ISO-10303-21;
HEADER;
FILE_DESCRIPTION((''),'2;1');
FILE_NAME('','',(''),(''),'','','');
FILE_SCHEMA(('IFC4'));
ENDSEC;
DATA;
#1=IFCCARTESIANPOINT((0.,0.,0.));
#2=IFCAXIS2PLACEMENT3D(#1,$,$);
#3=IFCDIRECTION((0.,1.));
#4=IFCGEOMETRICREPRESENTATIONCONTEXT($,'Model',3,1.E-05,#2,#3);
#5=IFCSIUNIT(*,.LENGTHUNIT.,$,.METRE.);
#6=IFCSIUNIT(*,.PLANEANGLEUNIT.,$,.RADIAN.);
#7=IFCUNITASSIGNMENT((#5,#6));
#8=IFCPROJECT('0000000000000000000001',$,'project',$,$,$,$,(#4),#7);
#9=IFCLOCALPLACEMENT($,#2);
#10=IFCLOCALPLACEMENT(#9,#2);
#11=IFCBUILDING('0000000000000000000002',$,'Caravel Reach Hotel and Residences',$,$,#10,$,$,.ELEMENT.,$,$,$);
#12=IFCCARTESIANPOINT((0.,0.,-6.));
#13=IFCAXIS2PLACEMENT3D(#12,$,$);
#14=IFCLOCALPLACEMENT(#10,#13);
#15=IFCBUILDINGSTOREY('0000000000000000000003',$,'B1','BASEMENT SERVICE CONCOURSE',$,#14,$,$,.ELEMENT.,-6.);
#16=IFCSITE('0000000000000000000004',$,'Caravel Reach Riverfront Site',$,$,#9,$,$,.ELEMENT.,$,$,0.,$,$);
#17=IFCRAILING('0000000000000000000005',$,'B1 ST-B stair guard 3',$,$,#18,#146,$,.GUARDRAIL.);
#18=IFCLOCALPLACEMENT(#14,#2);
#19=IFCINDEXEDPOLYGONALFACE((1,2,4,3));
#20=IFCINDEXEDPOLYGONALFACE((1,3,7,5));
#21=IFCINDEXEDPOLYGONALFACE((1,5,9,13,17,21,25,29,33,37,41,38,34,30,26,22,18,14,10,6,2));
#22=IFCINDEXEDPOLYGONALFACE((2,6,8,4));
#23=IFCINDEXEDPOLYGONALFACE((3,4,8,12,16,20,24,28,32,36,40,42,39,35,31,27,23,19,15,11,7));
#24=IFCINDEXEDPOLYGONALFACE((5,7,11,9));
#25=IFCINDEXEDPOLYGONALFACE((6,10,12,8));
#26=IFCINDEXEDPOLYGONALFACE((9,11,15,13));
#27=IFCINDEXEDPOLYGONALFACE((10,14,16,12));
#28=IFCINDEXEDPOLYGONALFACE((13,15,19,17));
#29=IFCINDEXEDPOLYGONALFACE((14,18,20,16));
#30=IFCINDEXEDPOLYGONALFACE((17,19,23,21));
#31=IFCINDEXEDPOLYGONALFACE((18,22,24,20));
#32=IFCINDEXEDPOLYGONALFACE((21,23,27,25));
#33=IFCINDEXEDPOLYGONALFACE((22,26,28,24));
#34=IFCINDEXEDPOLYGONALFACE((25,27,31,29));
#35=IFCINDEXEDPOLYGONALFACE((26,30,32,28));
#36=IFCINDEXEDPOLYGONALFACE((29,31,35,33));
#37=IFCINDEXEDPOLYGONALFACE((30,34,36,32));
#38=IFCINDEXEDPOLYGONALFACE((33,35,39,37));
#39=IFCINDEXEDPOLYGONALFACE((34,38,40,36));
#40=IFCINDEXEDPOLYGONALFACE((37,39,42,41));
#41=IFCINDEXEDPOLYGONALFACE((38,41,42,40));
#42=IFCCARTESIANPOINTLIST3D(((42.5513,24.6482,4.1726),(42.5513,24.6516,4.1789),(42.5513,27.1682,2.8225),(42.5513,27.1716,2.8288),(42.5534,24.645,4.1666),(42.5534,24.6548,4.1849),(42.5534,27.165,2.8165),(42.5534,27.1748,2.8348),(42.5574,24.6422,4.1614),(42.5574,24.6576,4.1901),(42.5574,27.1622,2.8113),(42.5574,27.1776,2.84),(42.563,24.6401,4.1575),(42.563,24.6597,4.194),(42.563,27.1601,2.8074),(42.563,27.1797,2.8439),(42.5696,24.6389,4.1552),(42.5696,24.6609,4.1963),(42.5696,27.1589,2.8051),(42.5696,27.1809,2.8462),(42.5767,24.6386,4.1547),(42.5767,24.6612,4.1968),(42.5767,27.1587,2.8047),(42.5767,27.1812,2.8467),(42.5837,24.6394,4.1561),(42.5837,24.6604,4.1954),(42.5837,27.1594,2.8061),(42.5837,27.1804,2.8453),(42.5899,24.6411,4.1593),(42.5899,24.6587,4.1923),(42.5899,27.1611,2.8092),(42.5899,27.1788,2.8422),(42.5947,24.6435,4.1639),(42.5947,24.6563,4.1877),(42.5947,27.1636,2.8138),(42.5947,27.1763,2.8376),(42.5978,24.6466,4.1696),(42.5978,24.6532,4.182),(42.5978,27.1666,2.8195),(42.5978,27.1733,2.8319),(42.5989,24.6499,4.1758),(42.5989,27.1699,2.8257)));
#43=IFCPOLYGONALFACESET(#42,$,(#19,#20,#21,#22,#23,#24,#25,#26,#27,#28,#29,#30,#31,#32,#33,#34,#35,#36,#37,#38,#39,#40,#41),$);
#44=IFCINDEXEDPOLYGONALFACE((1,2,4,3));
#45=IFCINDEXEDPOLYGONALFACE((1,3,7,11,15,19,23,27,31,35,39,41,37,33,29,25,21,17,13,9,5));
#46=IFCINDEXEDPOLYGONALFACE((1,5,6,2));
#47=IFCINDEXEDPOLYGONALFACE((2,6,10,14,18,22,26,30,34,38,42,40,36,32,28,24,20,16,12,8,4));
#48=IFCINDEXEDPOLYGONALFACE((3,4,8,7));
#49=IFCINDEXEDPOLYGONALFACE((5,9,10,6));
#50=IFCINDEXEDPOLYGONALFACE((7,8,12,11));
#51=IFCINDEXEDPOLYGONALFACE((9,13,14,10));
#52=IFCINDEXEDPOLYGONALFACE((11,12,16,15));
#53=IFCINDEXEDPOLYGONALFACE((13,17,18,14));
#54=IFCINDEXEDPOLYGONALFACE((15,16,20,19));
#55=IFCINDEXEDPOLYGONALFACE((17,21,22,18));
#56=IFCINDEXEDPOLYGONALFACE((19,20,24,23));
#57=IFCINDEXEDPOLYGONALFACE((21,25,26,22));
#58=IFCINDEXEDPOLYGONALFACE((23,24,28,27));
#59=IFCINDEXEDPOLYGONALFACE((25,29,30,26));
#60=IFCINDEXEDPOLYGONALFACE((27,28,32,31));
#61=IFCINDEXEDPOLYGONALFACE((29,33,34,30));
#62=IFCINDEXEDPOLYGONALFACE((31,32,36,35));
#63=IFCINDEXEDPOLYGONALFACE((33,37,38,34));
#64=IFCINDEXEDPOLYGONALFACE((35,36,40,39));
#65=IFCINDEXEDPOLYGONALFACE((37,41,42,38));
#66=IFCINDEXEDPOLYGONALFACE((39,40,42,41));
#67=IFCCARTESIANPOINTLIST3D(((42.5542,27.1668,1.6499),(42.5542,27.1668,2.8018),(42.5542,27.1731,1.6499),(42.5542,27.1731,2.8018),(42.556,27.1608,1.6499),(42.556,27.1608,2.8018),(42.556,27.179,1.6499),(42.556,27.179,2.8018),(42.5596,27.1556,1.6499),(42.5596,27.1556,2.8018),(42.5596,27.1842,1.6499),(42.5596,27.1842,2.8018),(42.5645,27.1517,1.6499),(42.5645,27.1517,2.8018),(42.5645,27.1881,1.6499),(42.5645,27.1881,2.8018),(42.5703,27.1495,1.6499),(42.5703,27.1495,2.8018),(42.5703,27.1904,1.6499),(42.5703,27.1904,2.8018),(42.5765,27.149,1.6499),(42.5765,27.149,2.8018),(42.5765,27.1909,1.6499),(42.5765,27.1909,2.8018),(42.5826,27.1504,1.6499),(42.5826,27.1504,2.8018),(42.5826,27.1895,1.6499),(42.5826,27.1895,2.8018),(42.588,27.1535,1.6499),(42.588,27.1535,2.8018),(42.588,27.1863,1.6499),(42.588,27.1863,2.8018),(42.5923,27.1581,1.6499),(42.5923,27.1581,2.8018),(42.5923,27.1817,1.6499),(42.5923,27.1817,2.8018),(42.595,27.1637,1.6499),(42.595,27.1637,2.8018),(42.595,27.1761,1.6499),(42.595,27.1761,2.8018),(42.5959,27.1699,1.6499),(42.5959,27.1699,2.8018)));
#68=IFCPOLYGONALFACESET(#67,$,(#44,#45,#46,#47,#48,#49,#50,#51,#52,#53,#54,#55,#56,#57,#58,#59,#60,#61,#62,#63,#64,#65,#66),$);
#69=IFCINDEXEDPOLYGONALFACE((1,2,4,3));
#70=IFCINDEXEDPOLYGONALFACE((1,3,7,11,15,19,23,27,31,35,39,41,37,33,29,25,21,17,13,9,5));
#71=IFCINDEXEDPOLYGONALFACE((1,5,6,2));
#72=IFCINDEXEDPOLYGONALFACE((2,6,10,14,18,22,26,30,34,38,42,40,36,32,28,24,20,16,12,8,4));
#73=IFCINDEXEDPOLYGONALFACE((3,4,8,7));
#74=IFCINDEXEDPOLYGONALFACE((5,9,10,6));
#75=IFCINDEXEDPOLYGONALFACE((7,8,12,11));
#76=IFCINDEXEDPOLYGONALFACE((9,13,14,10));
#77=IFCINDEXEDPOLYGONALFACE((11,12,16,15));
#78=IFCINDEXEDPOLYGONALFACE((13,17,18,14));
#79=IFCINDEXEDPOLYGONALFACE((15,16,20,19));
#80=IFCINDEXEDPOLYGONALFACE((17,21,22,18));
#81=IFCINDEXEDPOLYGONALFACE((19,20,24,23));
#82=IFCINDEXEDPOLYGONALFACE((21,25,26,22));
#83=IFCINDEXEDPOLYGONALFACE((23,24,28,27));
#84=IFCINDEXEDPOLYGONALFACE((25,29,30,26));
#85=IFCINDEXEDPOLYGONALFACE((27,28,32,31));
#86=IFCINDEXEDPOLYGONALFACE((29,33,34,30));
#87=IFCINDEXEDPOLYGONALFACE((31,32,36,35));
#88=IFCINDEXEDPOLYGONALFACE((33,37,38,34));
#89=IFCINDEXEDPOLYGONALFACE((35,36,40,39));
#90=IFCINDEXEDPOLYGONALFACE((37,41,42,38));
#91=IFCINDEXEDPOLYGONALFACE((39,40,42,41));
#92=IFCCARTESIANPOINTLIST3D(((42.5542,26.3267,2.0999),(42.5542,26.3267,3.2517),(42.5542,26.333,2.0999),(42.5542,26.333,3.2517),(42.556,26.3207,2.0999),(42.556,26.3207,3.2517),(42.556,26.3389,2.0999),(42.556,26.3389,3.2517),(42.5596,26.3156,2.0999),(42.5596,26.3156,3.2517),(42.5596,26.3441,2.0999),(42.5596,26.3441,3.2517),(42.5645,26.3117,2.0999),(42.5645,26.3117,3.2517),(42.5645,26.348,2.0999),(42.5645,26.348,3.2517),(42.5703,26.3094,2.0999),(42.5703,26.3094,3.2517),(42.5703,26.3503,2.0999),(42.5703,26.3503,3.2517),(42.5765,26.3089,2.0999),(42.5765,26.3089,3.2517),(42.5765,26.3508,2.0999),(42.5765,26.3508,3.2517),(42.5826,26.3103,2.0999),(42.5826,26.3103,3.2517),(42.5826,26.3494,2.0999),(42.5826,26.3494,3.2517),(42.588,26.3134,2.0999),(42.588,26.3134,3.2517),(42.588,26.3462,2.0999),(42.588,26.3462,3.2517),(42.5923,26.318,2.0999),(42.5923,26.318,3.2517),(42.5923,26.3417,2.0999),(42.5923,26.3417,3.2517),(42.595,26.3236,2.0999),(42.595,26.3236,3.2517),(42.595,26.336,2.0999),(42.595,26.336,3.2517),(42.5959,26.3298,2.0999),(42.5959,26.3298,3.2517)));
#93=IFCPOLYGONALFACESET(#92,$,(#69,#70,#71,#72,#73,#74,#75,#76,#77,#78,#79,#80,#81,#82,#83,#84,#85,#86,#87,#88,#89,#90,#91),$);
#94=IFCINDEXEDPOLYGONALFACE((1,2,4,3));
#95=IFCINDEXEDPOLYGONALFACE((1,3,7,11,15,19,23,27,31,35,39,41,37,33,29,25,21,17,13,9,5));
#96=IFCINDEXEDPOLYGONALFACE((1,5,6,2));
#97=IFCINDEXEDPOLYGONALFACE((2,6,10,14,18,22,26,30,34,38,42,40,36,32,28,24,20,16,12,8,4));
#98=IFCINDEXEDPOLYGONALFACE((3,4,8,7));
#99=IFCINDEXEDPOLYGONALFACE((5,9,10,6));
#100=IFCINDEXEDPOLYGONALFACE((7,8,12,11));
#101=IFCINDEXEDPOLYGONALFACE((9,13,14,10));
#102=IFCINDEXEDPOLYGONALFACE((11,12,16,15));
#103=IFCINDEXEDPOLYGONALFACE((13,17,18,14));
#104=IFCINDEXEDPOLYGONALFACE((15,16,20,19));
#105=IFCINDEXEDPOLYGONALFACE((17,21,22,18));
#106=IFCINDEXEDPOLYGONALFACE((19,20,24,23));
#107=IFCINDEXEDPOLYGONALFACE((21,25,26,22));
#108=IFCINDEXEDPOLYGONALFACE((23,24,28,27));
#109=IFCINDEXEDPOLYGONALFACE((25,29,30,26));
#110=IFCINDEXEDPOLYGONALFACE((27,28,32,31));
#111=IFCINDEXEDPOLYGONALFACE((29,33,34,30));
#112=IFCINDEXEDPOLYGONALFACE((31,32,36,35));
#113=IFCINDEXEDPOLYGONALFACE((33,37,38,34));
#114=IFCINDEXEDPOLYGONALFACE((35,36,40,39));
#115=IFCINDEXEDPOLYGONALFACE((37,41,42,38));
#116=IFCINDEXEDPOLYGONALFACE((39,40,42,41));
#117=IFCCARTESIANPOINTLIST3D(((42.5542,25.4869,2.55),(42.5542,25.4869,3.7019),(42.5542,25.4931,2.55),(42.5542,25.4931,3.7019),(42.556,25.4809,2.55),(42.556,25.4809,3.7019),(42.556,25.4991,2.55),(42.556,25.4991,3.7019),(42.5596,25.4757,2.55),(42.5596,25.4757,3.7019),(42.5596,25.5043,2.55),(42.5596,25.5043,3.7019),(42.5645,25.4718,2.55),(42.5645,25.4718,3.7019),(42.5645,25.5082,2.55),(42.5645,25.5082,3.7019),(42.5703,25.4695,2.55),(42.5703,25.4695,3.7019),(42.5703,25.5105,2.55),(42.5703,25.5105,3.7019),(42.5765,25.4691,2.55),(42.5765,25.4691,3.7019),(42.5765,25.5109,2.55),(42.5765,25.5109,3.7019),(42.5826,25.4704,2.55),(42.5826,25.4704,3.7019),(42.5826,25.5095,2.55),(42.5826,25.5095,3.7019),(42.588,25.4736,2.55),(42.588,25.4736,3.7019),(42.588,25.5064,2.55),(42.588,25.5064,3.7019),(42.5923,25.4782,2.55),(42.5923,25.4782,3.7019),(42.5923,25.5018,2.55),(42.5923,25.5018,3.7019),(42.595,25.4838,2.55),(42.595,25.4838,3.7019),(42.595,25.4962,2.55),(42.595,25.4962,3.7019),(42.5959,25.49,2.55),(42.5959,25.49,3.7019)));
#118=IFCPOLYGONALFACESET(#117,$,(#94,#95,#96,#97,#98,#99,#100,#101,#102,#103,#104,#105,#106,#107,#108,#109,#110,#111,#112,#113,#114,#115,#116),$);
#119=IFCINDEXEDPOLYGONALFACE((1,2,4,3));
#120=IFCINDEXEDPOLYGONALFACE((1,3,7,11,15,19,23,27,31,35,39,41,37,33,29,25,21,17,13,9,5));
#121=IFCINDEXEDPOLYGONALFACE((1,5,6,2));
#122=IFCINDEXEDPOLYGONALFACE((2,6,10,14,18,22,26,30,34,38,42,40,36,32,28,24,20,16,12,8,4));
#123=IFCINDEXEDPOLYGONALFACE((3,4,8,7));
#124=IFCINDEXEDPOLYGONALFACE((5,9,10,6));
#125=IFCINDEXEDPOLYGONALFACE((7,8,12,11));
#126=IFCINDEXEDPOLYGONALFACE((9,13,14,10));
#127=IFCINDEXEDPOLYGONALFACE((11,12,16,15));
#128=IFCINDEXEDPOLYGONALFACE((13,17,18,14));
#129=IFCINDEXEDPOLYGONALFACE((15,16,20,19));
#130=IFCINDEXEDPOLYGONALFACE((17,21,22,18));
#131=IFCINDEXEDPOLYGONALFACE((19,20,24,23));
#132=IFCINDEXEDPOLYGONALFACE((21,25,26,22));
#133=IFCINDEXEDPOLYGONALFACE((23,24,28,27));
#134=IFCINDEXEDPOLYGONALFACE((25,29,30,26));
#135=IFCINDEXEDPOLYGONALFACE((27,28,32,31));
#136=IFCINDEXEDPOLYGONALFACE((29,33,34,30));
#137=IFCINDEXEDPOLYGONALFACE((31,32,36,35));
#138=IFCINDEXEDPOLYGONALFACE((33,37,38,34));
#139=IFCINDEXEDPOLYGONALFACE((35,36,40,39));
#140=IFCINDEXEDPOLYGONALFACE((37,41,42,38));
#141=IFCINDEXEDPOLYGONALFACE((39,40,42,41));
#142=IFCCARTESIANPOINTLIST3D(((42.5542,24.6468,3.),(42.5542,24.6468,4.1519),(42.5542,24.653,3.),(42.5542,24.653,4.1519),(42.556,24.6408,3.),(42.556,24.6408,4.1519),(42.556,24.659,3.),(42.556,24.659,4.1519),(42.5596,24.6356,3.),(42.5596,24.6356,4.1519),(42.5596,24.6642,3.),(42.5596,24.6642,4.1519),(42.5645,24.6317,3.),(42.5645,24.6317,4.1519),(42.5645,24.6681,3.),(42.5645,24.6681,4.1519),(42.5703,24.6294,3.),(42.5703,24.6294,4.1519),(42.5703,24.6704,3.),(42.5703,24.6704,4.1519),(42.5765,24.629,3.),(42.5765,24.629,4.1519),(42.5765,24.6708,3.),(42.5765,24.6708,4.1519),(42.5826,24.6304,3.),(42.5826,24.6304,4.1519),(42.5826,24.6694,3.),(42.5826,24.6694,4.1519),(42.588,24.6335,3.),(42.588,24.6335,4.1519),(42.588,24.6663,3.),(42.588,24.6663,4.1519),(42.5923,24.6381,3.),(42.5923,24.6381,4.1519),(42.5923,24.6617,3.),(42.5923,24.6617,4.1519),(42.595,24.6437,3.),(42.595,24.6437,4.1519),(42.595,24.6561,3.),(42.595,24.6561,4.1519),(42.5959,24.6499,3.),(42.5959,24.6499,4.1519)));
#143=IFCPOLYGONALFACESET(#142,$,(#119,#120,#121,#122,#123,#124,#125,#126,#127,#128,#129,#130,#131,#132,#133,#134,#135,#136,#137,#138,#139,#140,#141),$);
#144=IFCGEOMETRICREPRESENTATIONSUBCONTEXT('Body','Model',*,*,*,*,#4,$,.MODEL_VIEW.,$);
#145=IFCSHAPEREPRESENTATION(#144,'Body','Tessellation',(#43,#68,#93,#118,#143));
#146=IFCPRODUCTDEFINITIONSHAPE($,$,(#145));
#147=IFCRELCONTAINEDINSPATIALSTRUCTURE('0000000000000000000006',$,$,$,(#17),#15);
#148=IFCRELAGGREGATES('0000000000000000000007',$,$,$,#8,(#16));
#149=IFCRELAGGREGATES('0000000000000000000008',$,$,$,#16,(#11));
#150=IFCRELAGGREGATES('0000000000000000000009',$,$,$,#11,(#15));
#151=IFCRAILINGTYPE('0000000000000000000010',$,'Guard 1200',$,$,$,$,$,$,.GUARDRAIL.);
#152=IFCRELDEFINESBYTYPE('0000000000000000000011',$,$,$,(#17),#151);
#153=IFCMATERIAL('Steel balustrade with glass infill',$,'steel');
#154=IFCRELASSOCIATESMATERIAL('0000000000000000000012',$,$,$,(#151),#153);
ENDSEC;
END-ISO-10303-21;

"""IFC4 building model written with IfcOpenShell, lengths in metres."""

from ifc_helpers import new_model, si_unit, direction, frame, origin, origin_2d, place, context, subcontext, project, spatial, circle, extrude, material, type_object, element, save


model = new_model("IFC4")

# Units and contexts
model_context = context("Model", 3, precision=1e-05, world=origin(), true_north=direction((0.0, 1.0)))
body_context = subcontext(model_context, "Body", "Model", "MODEL_VIEW")
ifc_project = project(units=[si_unit("LENGTHUNIT", "METRE"), si_unit("PLANEANGLEUNIT", "RADIAN")], contexts=[model_context])

# Site, building, storey
site_placement = place(None, origin())
site = spatial("IfcSite", under=ifc_project, at=site_placement, Name="Caravel Reach Riverfront Site", CompositionType="ELEMENT", RefElevation=0.0)
building_placement = place(site_placement, origin())
building = spatial("IfcBuilding", under=site, at=building_placement, Name="Caravel Reach Hotel and Residences", CompositionType="ELEMENT")
storey_placement = place(building_placement, frame((0.0, 0.0, -6.0)))
storey = spatial("IfcBuildingStorey", under=building, at=storey_placement, Name="B1", Description="BASEMENT SERVICE CONCOURSE", CompositionType="ELEMENT", Elevation=-6.0)

# Railing
ifc_material_1 = material(Name="Steel balustrade with glass infill", Category="steel")
railing_type_1 = type_object("IfcRailingType", Name="Guard 1200", PredefinedType="GUARDRAIL", material=ifc_material_1)
railing_1_placement = place(storey_placement, frame((42.575, 27.1699, 1.6499)))
element("IfcRailing", 1, at=railing_1_placement, inside=storey, type_object=railing_type_1, Name="B1 ST-B stair guard 3", PredefinedType="GUARDRAIL", context=body_context, shape_type="SweptSolid", body=[
    extrude(circle(Radius=0.0239, at=origin_2d()), frame((0.0, 0.0, 1.1758), z_axis=(0.0, -0.881467, 0.472245), x_axis=(1.0, 0.0, 0.0)), (0.0, 0.0, 1.0), 2.8589),
    extrude(circle(Radius=0.021, at=origin_2d()), origin(), (0.0, 0.0, 1.0), 1.1519),
    extrude(circle(Radius=0.021, at=origin_2d()), frame((0.0, -0.8401, 0.45)), (0.0, 0.0, 1.0), 1.1519),
    extrude(circle(Radius=0.021, at=origin_2d()), frame((0.0, -1.6799, 0.9001)), (0.0, 0.0, 1.0), 1.1519),
    extrude(circle(Radius=0.021, at=origin_2d()), frame((0.0, -2.52, 1.3501)), (0.0, 0.0, 1.0), 1.1519),
])

save(model, "model.ifc")
